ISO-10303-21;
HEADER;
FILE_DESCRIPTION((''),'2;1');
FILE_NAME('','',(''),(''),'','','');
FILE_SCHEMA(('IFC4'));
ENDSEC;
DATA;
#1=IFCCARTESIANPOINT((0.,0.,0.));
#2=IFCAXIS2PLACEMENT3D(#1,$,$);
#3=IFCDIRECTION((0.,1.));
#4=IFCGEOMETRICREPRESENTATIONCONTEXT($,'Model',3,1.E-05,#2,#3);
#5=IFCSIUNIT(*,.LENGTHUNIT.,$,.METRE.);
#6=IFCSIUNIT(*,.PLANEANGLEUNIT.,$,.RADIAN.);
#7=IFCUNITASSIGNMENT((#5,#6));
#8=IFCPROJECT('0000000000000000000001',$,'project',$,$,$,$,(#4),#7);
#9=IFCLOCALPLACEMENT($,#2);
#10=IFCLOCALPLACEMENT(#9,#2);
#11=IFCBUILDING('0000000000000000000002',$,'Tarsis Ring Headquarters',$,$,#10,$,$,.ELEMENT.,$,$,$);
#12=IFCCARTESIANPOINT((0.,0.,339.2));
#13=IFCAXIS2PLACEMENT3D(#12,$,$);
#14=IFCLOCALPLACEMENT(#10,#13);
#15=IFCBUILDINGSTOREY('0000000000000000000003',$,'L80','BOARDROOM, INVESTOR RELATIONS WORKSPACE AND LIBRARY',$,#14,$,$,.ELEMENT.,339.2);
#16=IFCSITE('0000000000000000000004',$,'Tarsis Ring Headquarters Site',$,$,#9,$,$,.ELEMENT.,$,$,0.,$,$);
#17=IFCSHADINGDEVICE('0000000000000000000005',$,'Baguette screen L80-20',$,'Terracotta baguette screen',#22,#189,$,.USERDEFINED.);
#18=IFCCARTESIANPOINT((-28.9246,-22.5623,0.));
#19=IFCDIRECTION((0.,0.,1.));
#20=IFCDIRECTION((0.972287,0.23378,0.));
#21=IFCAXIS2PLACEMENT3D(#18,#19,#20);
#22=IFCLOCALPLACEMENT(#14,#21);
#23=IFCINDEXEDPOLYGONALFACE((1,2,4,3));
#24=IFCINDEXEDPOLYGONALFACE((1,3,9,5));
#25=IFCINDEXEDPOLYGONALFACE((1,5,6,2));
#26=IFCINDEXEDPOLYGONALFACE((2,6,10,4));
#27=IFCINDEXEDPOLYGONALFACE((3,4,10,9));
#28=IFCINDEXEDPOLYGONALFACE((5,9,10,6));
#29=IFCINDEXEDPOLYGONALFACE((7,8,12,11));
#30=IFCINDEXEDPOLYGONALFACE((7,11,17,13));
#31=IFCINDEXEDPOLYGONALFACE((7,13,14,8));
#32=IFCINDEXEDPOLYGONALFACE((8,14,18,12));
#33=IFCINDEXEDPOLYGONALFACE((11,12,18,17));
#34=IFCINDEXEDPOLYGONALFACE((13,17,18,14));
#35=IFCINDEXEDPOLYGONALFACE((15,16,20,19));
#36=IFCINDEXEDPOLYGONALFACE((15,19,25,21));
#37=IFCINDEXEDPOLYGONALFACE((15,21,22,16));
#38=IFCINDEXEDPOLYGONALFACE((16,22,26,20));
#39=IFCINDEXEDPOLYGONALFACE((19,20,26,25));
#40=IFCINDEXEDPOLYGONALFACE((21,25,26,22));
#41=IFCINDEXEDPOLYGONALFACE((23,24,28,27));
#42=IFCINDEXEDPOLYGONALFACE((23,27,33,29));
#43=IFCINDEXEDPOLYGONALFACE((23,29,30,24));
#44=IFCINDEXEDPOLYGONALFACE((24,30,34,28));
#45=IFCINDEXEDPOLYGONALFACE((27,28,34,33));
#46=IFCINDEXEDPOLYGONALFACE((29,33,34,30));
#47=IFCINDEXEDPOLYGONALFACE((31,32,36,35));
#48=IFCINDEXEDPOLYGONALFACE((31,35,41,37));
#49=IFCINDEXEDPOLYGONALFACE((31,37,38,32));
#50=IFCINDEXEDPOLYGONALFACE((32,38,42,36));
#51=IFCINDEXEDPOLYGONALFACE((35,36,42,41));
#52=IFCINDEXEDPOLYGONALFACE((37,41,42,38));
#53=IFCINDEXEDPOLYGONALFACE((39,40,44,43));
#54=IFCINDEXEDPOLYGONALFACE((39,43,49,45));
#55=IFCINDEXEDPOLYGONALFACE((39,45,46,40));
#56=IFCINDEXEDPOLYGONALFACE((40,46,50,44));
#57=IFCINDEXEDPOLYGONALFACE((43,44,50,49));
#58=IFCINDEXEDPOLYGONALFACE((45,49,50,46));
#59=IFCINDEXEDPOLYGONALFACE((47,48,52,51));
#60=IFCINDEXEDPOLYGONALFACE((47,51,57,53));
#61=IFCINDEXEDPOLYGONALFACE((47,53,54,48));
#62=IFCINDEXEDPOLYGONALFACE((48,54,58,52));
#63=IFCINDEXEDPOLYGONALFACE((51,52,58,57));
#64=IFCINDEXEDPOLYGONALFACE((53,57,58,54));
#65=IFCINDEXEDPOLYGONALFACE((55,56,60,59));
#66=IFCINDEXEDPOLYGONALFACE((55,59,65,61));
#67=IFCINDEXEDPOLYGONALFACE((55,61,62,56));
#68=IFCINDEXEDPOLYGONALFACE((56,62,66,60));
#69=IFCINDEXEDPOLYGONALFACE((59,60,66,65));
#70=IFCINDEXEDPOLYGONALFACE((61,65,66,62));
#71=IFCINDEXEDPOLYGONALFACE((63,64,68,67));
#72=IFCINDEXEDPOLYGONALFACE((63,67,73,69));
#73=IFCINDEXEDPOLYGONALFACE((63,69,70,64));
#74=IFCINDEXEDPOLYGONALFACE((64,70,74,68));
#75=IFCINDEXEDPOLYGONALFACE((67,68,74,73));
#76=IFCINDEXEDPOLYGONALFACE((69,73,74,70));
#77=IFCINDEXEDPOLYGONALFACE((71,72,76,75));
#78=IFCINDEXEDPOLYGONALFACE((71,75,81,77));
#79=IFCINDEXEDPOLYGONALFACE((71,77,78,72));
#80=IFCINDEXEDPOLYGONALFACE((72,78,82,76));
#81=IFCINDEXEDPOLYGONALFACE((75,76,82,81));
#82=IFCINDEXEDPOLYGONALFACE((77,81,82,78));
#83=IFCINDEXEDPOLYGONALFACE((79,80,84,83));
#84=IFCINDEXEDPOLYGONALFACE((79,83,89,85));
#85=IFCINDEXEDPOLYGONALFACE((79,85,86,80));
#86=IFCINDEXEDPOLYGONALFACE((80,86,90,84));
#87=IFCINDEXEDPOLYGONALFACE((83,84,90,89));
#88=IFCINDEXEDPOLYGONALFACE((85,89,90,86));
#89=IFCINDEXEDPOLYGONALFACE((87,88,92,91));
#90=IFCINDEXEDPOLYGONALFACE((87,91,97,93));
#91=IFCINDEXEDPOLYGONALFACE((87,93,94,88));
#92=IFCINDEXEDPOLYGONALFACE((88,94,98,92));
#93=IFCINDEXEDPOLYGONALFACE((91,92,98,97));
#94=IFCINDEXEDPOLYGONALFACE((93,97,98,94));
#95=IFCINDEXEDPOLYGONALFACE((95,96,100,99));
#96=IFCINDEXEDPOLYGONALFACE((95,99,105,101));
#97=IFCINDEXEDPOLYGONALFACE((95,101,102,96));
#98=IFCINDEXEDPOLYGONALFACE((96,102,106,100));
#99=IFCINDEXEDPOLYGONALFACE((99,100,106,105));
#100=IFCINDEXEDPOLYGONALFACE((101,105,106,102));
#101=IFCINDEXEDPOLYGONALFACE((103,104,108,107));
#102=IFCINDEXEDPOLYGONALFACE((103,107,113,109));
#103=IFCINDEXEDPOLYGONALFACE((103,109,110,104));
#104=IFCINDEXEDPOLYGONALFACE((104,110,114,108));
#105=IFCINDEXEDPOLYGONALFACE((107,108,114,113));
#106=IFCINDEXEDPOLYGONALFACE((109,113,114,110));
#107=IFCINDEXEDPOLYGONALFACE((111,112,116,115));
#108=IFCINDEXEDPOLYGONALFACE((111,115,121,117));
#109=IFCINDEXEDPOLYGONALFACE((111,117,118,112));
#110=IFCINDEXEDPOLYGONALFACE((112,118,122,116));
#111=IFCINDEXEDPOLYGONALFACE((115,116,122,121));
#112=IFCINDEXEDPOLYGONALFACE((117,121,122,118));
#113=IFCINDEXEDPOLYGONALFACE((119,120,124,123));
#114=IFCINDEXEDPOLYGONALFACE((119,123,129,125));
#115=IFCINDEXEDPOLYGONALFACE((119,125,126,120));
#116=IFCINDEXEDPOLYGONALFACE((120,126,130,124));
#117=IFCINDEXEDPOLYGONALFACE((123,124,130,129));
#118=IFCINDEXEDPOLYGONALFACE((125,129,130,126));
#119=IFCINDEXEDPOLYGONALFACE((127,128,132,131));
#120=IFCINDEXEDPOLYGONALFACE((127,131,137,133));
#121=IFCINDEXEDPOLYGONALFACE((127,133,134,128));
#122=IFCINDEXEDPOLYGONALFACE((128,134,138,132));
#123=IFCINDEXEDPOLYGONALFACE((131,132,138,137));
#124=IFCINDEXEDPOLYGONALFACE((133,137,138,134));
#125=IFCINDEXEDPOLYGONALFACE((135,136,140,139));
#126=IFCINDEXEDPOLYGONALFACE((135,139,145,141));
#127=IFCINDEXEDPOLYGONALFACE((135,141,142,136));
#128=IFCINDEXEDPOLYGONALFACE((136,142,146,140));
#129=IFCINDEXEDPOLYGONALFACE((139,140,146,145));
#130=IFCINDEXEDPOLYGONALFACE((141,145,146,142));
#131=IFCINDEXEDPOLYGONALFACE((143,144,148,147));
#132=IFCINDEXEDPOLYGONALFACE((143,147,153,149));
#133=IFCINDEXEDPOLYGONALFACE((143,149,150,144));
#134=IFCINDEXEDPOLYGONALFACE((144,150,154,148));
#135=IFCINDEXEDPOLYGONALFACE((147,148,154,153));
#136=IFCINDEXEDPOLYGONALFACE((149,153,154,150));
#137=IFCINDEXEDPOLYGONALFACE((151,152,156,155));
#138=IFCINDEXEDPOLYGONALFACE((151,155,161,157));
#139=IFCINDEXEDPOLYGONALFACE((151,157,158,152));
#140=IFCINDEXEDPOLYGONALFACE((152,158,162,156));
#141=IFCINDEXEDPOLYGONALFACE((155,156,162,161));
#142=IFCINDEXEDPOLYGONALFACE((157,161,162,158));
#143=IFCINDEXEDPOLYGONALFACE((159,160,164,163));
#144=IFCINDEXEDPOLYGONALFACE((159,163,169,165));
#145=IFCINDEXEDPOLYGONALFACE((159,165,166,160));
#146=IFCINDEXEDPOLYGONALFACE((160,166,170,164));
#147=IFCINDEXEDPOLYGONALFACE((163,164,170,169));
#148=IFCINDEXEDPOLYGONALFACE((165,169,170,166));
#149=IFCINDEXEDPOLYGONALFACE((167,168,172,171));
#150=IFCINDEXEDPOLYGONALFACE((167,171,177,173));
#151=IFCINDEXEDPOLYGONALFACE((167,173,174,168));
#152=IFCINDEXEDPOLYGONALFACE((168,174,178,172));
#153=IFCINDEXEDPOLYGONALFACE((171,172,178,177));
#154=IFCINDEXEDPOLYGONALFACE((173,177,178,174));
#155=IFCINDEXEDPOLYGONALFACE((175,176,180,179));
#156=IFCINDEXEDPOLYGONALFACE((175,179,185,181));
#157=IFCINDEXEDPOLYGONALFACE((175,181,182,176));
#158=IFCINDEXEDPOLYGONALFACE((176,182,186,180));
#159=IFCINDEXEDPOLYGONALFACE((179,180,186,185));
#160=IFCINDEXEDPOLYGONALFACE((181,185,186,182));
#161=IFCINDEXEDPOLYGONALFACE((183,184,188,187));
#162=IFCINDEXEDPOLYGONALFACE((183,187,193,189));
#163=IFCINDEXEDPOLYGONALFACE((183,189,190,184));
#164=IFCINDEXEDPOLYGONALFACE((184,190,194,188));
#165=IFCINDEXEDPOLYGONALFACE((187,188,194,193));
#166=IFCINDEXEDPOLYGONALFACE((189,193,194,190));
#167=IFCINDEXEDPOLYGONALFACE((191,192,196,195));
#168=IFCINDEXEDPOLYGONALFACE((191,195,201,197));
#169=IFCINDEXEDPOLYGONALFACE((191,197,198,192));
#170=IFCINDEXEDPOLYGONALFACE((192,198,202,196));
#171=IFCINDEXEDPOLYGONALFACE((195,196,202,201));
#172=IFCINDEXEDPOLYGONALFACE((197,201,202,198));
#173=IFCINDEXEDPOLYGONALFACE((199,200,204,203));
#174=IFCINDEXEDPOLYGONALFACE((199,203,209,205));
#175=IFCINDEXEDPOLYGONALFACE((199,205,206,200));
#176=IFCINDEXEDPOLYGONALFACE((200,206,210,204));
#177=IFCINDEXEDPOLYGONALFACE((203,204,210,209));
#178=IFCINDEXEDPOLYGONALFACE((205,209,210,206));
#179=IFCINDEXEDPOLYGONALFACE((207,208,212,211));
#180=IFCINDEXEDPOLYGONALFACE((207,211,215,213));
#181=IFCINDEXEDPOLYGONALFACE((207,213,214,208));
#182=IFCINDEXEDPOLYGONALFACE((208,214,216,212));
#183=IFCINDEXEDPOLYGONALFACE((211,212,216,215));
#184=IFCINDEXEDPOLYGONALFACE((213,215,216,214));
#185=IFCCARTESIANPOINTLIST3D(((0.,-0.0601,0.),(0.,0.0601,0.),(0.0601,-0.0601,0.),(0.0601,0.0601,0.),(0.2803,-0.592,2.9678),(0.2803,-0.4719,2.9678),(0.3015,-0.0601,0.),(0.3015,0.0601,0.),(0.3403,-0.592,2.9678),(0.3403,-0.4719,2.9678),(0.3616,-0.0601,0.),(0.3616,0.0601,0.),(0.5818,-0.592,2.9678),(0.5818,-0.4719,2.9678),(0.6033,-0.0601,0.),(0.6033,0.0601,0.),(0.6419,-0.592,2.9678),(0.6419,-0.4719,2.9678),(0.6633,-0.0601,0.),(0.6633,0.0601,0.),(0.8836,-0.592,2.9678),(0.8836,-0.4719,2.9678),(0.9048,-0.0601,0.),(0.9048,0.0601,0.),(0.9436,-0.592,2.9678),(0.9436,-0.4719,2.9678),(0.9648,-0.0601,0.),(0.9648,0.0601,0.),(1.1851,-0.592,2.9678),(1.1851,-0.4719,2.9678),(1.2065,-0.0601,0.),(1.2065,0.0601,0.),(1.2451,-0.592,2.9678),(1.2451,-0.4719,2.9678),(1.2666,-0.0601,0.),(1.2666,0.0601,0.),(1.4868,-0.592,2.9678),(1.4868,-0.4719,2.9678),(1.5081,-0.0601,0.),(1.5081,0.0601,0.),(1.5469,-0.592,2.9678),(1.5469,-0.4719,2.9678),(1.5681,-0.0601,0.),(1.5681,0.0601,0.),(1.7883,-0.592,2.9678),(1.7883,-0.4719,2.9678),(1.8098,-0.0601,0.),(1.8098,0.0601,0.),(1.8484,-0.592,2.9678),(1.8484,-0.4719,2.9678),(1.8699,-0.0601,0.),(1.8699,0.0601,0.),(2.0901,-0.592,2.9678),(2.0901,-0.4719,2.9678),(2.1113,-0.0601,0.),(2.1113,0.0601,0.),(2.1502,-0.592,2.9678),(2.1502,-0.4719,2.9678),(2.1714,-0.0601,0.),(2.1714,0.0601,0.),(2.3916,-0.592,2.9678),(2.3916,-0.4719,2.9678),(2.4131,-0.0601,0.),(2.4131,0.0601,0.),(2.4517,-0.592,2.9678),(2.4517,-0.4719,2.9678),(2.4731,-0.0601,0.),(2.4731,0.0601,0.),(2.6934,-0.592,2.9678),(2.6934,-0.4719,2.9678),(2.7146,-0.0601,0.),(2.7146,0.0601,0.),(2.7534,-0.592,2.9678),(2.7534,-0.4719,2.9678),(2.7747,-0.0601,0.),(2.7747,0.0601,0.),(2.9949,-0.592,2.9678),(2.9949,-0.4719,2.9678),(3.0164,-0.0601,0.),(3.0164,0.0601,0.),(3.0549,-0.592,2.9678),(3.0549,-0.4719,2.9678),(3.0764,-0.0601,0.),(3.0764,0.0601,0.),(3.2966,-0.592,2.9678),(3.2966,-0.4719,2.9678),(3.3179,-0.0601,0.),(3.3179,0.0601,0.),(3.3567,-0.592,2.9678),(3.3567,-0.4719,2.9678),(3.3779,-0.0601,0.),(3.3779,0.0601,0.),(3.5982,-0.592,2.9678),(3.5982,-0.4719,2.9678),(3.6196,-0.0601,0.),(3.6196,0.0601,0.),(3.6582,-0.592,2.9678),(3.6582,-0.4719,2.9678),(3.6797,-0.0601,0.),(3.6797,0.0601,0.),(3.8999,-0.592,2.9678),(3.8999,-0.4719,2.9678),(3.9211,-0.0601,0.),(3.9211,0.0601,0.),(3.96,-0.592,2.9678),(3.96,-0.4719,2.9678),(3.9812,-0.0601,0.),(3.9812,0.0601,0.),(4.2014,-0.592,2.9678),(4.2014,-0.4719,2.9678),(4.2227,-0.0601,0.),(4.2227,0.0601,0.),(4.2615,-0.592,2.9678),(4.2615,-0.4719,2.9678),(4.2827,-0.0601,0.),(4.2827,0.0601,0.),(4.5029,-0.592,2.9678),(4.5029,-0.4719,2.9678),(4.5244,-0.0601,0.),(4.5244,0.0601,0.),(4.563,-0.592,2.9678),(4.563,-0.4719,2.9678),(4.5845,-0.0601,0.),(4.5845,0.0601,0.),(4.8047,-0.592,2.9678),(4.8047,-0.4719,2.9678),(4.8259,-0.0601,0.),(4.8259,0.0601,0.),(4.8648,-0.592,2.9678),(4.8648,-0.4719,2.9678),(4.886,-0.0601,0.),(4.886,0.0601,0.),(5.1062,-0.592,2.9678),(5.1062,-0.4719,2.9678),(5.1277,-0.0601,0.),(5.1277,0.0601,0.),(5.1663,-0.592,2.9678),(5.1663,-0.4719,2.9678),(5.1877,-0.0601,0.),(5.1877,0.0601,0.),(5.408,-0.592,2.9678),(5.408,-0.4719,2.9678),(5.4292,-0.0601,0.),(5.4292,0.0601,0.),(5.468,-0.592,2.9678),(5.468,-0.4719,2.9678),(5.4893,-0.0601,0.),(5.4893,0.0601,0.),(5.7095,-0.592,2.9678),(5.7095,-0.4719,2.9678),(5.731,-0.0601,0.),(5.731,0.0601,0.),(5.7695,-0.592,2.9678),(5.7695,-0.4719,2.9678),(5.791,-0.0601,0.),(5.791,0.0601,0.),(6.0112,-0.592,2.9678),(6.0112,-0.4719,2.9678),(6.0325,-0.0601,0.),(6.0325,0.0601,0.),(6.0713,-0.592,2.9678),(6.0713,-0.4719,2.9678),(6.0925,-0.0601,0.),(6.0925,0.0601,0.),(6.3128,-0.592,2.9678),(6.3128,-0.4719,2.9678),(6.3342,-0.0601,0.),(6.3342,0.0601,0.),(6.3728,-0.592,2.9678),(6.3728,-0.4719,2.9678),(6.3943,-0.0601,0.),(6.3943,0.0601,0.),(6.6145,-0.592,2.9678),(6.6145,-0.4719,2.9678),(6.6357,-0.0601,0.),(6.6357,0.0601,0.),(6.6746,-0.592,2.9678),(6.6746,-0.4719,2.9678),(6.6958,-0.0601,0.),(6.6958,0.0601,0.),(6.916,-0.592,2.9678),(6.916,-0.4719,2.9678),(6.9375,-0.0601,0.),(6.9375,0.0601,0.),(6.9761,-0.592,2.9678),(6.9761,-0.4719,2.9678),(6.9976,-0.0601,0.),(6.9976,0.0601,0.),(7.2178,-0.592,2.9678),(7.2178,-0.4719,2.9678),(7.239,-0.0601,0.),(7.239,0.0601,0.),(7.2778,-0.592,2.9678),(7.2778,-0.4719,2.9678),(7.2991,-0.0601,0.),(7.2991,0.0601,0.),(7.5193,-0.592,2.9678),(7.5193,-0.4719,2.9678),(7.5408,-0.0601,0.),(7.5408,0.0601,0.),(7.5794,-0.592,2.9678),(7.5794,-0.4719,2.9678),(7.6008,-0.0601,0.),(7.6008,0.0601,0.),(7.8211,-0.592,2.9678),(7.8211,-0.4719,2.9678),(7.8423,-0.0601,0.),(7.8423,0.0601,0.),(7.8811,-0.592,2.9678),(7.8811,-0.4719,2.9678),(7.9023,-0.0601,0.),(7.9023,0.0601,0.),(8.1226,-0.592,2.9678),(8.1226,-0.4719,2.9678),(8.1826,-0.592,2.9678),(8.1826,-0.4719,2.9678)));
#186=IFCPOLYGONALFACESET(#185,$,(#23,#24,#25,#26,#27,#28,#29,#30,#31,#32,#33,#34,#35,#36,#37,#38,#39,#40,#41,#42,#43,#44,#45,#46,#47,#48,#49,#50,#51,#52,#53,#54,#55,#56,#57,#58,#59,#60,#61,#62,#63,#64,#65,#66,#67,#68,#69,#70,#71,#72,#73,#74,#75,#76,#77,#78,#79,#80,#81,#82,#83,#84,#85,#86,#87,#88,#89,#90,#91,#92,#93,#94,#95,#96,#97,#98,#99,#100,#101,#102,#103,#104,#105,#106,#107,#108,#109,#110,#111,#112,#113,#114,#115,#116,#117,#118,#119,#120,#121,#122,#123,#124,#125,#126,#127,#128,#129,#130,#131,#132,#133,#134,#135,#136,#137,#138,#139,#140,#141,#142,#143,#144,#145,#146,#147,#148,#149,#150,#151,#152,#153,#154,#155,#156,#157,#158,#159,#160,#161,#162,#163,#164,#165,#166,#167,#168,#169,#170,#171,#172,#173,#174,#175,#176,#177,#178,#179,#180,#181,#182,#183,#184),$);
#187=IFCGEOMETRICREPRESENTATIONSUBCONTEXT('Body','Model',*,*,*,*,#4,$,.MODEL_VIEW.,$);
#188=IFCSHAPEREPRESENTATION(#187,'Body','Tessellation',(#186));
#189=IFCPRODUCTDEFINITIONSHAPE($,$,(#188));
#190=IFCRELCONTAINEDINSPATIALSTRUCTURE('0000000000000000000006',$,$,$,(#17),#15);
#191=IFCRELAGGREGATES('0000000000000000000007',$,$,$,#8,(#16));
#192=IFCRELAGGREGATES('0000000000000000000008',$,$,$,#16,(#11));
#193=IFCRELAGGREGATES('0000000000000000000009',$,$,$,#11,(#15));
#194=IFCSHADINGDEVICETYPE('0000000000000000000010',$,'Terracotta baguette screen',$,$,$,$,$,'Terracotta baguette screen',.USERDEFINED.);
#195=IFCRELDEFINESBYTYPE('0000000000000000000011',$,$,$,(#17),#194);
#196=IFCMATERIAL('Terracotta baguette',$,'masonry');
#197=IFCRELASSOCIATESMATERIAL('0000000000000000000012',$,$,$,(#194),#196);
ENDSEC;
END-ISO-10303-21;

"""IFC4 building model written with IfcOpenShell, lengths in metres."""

from ifc_helpers import new_model, si_unit, direction, frame, frame_2d, origin, place, context, subcontext, project, spatial, rectangle, composite_profile, extrude, material, type_object, element, save


model = new_model("IFC4")

# Units and contexts
model_context = context("Model", 3, precision=1e-05, world=origin(), true_north=direction((0.0, 1.0)))
body_context = subcontext(model_context, "Body", "Model", "MODEL_VIEW")
ifc_project = project(units=[si_unit("LENGTHUNIT", "METRE"), si_unit("PLANEANGLEUNIT", "RADIAN")], contexts=[model_context])

# Site, building, storey
site_placement = place(None, origin())
site = spatial("IfcSite", under=ifc_project, at=site_placement, Name="Tarsis Ring Headquarters Site", CompositionType="ELEMENT", RefElevation=0.0)
building_placement = place(site_placement, origin())
building = spatial("IfcBuilding", under=site, at=building_placement, Name="Tarsis Ring Headquarters", CompositionType="ELEMENT")
storey_placement = place(building_placement, frame((0.0, 0.0, 339.2)))
storey = spatial("IfcBuildingStorey", under=building, at=storey_placement, Name="L80", Description="BOARDROOM, INVESTOR RELATIONS WORKSPACE AND LIBRARY", CompositionType="ELEMENT", Elevation=339.2)

# Shading device
ifc_material_1 = material(Name="Terracotta baguette", Category="masonry")
shading_device_type_1 = type_object("IfcShadingDeviceType", Name="Terracotta baguette screen", ElementType="Terracotta baguette screen", PredefinedType="USERDEFINED", material=ifc_material_1)
shading_device_placement = place(storey_placement, frame((-28.9246, -22.5623, 0.0), z_axis=(0.0, 0.0, 1.0), x_axis=(0.972287, 0.23378, 0.0)))
element("IfcShadingDevice", 1, at=shading_device_placement, inside=storey, type_object=shading_device_type_1, Name="Baguette screen L80-20", ObjectType="Terracotta baguette screen", PredefinedType="USERDEFINED", context=body_context, shape_type="SweptSolid", body=[
    extrude(composite_profile([rectangle(XDim=0.0601, YDim=0.1201, at=frame_2d((0.03, 0.0))), rectangle(XDim=0.0601, YDim=0.1201, at=frame_2d((0.3315, 0.0))), rectangle(XDim=0.0601, YDim=0.1201, at=frame_2d((0.6333, 0.0))), rectangle(XDim=0.0601, YDim=0.1201, at=frame_2d((0.9348, 0.0))), rectangle(XDim=0.0601, YDim=0.1201, at=frame_2d((1.2366, 0.0))), rectangle(XDim=0.0601, YDim=0.1201, at=frame_2d((1.5381, 0.0))), rectangle(XDim=0.0601, YDim=0.1201, at=frame_2d((1.8398, 0.0))), rectangle(XDim=0.0601, YDim=0.1201, at=frame_2d((2.1414, 0.0))), rectangle(XDim=0.0601, YDim=0.1201, at=frame_2d((2.4431, 0.0))), rectangle(XDim=0.0601, YDim=0.1201, at=frame_2d((2.7446, 0.0))), rectangle(XDim=0.0601, YDim=0.1201, at=frame_2d((3.0464, 0.0))), rectangle(XDim=0.0601, YDim=0.1201, at=frame_2d((3.3479, 0.0))), rectangle(XDim=0.0601, YDim=0.1201, at=frame_2d((3.6497, 0.0))), rectangle(XDim=0.0601, YDim=0.1201, at=frame_2d((3.9512, 0.0))), rectangle(XDim=0.0601, YDim=0.1201, at=frame_2d((4.2527, 0.0))), rectangle(XDim=0.0601, YDim=0.1201, at=frame_2d((4.5544, 0.0))), rectangle(XDim=0.0601, YDim=0.1201, at=frame_2d((4.856, 0.0))), rectangle(XDim=0.0601, YDim=0.1201, at=frame_2d((5.1577, 0.0))), rectangle(XDim=0.0601, YDim=0.1201, at=frame_2d((5.4592, 0.0))), rectangle(XDim=0.0601, YDim=0.1201, at=frame_2d((5.761, 0.0))), rectangle(XDim=0.0601, YDim=0.1201, at=frame_2d((6.0625, 0.0))), rectangle(XDim=0.0601, YDim=0.1201, at=frame_2d((6.3643, 0.0))), rectangle(XDim=0.0601, YDim=0.1201, at=frame_2d((6.6658, 0.0))), rectangle(XDim=0.0601, YDim=0.1201, at=frame_2d((6.9675, 0.0))), rectangle(XDim=0.0601, YDim=0.1201, at=frame_2d((7.269, 0.0))), rectangle(XDim=0.0601, YDim=0.1201, at=frame_2d((7.5708, 0.0))), rectangle(XDim=0.0601, YDim=0.1201, at=frame_2d((7.8723, 0.0)))]), origin(), (0.092562, -0.175679, 0.980086), 3.0281),
])

save(model, "model.ifc")
